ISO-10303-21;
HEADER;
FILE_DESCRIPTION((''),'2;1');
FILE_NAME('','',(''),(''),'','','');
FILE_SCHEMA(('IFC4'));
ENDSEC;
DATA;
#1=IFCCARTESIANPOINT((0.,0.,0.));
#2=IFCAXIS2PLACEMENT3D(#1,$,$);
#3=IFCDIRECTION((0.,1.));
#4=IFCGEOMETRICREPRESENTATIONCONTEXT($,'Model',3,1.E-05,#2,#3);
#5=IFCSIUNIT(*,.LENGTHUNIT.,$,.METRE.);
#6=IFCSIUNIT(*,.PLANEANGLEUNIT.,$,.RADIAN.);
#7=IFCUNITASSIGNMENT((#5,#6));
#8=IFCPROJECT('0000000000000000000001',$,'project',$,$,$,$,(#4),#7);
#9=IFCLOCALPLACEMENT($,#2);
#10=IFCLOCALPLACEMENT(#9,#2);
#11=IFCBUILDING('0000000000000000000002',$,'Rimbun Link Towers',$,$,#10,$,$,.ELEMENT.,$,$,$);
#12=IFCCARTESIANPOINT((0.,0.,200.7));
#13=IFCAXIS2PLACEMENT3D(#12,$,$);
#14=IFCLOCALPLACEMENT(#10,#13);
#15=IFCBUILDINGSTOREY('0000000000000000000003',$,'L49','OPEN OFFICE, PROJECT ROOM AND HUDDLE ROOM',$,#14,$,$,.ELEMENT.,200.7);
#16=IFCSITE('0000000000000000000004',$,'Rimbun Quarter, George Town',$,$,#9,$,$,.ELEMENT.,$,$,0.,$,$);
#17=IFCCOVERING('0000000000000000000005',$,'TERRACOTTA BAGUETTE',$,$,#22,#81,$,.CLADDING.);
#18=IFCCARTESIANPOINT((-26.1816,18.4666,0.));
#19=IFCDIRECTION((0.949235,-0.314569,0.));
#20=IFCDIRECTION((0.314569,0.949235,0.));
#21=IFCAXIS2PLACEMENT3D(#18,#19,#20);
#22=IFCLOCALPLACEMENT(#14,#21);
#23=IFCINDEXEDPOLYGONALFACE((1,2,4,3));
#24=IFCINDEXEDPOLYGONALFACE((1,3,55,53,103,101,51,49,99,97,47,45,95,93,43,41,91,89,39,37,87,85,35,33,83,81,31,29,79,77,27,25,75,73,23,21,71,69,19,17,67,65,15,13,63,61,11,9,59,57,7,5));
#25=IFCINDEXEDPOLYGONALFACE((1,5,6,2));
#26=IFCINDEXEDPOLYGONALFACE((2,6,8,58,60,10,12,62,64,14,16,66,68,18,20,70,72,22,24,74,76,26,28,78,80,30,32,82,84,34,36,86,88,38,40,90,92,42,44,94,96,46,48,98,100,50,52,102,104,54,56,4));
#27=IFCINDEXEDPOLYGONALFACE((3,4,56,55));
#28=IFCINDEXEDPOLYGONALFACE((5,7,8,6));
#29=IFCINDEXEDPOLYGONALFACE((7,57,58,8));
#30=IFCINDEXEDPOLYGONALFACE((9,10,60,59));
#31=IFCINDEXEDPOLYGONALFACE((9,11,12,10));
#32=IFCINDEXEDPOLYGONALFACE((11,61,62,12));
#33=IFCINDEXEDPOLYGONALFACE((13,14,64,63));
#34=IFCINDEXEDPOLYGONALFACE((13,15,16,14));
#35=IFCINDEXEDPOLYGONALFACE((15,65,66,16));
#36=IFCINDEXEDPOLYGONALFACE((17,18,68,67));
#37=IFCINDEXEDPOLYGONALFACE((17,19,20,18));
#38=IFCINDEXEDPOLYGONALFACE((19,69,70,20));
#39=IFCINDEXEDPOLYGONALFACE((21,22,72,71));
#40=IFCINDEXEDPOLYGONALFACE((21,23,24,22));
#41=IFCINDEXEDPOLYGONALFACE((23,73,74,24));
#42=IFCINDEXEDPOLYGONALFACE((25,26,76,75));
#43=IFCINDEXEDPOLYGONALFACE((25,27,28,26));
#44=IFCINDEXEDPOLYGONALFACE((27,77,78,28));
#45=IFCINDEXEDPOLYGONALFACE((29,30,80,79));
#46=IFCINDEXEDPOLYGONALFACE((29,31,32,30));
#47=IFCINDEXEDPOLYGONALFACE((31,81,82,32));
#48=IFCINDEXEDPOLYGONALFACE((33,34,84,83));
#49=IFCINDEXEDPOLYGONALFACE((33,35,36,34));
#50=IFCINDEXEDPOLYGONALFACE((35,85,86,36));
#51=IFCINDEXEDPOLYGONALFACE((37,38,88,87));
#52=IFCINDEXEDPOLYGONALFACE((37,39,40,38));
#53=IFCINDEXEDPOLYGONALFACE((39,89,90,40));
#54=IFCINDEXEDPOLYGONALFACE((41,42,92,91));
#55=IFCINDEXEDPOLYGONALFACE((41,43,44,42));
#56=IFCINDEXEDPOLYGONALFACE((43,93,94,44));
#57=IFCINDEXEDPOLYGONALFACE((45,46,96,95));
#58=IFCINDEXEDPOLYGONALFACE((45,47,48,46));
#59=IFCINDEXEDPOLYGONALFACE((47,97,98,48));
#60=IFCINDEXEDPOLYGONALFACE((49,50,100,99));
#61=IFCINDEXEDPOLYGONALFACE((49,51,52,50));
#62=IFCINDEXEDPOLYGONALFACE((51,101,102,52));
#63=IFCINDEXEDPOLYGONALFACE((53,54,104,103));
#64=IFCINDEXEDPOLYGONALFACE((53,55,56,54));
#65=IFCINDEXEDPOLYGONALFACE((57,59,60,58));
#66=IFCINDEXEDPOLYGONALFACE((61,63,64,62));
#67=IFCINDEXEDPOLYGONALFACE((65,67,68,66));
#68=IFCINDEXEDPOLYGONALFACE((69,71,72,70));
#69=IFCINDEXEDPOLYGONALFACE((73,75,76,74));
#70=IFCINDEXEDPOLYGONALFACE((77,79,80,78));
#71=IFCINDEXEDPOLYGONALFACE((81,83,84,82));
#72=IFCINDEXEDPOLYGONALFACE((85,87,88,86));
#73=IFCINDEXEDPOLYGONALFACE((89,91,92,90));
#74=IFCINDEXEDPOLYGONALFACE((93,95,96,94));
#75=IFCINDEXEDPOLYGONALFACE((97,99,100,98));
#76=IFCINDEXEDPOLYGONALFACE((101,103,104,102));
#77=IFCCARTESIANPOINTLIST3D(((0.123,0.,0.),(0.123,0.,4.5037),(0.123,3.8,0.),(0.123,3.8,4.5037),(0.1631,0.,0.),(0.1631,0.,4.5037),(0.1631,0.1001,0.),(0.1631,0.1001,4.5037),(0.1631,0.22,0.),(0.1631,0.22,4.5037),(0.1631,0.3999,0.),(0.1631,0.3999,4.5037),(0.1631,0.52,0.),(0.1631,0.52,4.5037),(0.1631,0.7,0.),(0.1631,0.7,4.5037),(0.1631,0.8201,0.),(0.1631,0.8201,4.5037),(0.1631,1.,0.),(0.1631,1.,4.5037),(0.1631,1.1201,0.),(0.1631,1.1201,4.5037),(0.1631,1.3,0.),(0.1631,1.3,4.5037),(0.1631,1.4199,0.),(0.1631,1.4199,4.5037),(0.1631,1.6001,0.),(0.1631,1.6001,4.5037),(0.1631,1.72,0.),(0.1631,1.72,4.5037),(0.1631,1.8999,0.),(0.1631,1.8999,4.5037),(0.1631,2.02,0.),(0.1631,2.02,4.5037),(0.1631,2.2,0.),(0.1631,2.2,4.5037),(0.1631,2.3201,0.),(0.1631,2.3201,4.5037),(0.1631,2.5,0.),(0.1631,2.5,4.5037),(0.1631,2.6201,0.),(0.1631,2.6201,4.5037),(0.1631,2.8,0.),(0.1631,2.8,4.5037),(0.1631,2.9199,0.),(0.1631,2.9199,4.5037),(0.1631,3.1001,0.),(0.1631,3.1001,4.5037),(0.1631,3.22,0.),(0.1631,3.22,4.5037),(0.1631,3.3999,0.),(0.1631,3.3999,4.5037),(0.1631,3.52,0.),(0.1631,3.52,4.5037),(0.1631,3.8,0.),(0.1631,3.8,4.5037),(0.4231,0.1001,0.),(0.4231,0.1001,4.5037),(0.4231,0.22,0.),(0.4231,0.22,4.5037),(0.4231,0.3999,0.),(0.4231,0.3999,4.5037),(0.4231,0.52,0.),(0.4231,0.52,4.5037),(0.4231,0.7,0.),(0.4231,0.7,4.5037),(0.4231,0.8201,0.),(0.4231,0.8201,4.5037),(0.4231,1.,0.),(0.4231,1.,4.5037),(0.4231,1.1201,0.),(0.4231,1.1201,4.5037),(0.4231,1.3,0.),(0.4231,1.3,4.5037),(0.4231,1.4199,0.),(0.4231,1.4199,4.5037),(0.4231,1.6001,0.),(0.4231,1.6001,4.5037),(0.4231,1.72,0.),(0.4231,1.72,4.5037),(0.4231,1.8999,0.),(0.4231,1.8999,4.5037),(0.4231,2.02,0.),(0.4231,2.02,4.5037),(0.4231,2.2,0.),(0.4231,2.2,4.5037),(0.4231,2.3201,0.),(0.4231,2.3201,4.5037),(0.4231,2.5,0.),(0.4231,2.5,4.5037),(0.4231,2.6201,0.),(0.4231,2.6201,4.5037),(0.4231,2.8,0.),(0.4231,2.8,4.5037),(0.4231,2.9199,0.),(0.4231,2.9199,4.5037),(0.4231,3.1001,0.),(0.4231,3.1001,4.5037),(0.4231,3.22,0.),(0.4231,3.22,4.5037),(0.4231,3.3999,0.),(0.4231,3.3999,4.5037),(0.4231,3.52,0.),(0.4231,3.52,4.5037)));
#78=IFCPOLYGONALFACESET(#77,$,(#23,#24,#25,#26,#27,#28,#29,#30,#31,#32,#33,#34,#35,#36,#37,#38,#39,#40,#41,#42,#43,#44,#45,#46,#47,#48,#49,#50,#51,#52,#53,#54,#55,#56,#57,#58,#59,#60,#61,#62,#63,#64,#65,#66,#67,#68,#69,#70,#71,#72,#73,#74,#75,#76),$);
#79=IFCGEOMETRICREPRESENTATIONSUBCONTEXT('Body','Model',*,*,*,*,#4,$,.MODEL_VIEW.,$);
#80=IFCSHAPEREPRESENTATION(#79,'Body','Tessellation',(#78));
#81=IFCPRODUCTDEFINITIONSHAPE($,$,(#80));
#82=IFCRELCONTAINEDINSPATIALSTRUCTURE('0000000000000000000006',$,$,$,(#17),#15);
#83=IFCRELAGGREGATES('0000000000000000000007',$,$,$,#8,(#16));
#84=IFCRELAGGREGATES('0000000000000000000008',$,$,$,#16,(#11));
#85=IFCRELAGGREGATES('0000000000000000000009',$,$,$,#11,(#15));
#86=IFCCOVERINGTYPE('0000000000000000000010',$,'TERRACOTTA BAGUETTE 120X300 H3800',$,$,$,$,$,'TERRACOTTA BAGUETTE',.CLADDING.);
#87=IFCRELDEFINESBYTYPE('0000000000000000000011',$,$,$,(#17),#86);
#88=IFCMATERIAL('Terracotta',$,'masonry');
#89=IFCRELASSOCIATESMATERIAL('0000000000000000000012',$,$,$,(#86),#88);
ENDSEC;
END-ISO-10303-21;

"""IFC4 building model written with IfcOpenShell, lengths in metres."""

from ifc_helpers import new_model, si_unit, direction, frame, origin, place, context, subcontext, project, spatial, polyline, outline, extrude, material, material_profile, profile_set, type_object, element, save


model = new_model("IFC4")

# Units and contexts
model_context = context("Model", 3, precision=1e-05, world=origin(), true_north=direction((0.0, 1.0)))
body_context = subcontext(model_context, "Body", "Model", "MODEL_VIEW")
ifc_project = project(units=[si_unit("LENGTHUNIT", "METRE"), si_unit("PLANEANGLEUNIT", "RADIAN")], contexts=[model_context])

# Site, building, storey
site_placement = place(None, origin())
site = spatial("IfcSite", under=ifc_project, at=site_placement, Name="Rimbun Quarter, George Town", CompositionType="ELEMENT", RefElevation=0.0)
building_placement = place(site_placement, origin())
building = spatial("IfcBuilding", under=site, at=building_placement, Name="Rimbun Link Towers", CompositionType="ELEMENT")
storey_placement = place(building_placement, frame((0.0, 0.0, 200.7)))
storey = spatial("IfcBuildingStorey", under=building, at=storey_placement, Name="L49", Description="OPEN OFFICE, PROJECT ROOM AND HUDDLE ROOM", CompositionType="ELEMENT", Elevation=200.7)

# Covering
ifc_material_1 = material(Name="Terracotta", Category="masonry")
ifc_material_profile_1 = material_profile(ifc_material_1, outline(polyline([(0.123, 0.0), (0.1631, 0.0), (0.1631, 0.1001), (0.4231, 0.1001), (0.4231, 0.22), (0.1631, 0.22), (0.1631, 0.3999), (0.4231, 0.3999), (0.4231, 0.52), (0.1631, 0.52), (0.1631, 0.7), (0.4231, 0.7), (0.4231, 0.8201), (0.1631, 0.8201), (0.1631, 1.0), (0.4231, 1.0), (0.4231, 1.1201), (0.1631, 1.1201), (0.1631, 1.3), (0.4231, 1.3), (0.4231, 1.4199), (0.1631, 1.4199), (0.1631, 1.6001), (0.4231, 1.6001), (0.4231, 1.72), (0.1631, 1.72), (0.1631, 1.8999), (0.4231, 1.8999), (0.4231, 2.02), (0.1631, 2.02), (0.1631, 2.2), (0.4231, 2.2), (0.4231, 2.3201), (0.1631, 2.3201), (0.1631, 2.5), (0.4231, 2.5), (0.4231, 2.6201), (0.1631, 2.6201), (0.1631, 2.8), (0.4231, 2.8), (0.4231, 2.9199), (0.1631, 2.9199), (0.1631, 3.1001), (0.4231, 3.1001), (0.4231, 3.22), (0.1631, 3.22), (0.1631, 3.3999), (0.4231, 3.3999), (0.4231, 3.52), (0.1631, 3.52), (0.1631, 3.8), (0.123, 3.8), (0.123, 0.0)])), Name="BAGUETTE 120X300")
ifc_profile_set_1 = profile_set([ifc_material_profile_1], Name="Terracotta")
covering_type = type_object("IfcCoveringType", Name="TERRACOTTA BAGUETTE 120X300 H3800", ElementType="TERRACOTTA BAGUETTE", PredefinedType="CLADDING", material=ifc_profile_set_1)
covering_1_placement = place(storey_placement, frame((-26.1816, 18.4666, 0.0), z_axis=(0.949235, -0.314569, 0.0), x_axis=(0.314569, 0.949235, 0.0)))
element("IfcCovering", 1, at=covering_1_placement, inside=storey, type_object=covering_type, Name="TERRACOTTA BAGUETTE", PredefinedType="CLADDING", context=body_context, shape_type="SweptSolid", body=[
    extrude(outline(polyline([(0.123, 0.0), (0.1631, 0.0), (0.1631, 0.1001), (0.4231, 0.1001), (0.4231, 0.22), (0.1631, 0.22), (0.1631, 0.3999), (0.4231, 0.3999), (0.4231, 0.52), (0.1631, 0.52), (0.1631, 0.7), (0.4231, 0.7), (0.4231, 0.8201), (0.1631, 0.8201), (0.1631, 1.0), (0.4231, 1.0), (0.4231, 1.1201), (0.1631, 1.1201), (0.1631, 1.3), (0.4231, 1.3), (0.4231, 1.4199), (0.1631, 1.4199), (0.1631, 1.6001), (0.4231, 1.6001), (0.4231, 1.72), (0.1631, 1.72), (0.1631, 1.8999), (0.4231, 1.8999), (0.4231, 2.02), (0.1631, 2.02), (0.1631, 2.2), (0.4231, 2.2), (0.4231, 2.3201), (0.1631, 2.3201), (0.1631, 2.5), (0.4231, 2.5), (0.4231, 2.6201), (0.1631, 2.6201), (0.1631, 2.8), (0.4231, 2.8), (0.4231, 2.9199), (0.1631, 2.9199), (0.1631, 3.1001), (0.4231, 3.1001), (0.4231, 3.22), (0.1631, 3.22), (0.1631, 3.3999), (0.4231, 3.3999), (0.4231, 3.52), (0.1631, 3.52), (0.1631, 3.8), (0.123, 3.8), (0.123, 0.0)])), origin(), (0.0, 0.0, 1.0), 4.5037),
])

save(model, "model.ifc")
